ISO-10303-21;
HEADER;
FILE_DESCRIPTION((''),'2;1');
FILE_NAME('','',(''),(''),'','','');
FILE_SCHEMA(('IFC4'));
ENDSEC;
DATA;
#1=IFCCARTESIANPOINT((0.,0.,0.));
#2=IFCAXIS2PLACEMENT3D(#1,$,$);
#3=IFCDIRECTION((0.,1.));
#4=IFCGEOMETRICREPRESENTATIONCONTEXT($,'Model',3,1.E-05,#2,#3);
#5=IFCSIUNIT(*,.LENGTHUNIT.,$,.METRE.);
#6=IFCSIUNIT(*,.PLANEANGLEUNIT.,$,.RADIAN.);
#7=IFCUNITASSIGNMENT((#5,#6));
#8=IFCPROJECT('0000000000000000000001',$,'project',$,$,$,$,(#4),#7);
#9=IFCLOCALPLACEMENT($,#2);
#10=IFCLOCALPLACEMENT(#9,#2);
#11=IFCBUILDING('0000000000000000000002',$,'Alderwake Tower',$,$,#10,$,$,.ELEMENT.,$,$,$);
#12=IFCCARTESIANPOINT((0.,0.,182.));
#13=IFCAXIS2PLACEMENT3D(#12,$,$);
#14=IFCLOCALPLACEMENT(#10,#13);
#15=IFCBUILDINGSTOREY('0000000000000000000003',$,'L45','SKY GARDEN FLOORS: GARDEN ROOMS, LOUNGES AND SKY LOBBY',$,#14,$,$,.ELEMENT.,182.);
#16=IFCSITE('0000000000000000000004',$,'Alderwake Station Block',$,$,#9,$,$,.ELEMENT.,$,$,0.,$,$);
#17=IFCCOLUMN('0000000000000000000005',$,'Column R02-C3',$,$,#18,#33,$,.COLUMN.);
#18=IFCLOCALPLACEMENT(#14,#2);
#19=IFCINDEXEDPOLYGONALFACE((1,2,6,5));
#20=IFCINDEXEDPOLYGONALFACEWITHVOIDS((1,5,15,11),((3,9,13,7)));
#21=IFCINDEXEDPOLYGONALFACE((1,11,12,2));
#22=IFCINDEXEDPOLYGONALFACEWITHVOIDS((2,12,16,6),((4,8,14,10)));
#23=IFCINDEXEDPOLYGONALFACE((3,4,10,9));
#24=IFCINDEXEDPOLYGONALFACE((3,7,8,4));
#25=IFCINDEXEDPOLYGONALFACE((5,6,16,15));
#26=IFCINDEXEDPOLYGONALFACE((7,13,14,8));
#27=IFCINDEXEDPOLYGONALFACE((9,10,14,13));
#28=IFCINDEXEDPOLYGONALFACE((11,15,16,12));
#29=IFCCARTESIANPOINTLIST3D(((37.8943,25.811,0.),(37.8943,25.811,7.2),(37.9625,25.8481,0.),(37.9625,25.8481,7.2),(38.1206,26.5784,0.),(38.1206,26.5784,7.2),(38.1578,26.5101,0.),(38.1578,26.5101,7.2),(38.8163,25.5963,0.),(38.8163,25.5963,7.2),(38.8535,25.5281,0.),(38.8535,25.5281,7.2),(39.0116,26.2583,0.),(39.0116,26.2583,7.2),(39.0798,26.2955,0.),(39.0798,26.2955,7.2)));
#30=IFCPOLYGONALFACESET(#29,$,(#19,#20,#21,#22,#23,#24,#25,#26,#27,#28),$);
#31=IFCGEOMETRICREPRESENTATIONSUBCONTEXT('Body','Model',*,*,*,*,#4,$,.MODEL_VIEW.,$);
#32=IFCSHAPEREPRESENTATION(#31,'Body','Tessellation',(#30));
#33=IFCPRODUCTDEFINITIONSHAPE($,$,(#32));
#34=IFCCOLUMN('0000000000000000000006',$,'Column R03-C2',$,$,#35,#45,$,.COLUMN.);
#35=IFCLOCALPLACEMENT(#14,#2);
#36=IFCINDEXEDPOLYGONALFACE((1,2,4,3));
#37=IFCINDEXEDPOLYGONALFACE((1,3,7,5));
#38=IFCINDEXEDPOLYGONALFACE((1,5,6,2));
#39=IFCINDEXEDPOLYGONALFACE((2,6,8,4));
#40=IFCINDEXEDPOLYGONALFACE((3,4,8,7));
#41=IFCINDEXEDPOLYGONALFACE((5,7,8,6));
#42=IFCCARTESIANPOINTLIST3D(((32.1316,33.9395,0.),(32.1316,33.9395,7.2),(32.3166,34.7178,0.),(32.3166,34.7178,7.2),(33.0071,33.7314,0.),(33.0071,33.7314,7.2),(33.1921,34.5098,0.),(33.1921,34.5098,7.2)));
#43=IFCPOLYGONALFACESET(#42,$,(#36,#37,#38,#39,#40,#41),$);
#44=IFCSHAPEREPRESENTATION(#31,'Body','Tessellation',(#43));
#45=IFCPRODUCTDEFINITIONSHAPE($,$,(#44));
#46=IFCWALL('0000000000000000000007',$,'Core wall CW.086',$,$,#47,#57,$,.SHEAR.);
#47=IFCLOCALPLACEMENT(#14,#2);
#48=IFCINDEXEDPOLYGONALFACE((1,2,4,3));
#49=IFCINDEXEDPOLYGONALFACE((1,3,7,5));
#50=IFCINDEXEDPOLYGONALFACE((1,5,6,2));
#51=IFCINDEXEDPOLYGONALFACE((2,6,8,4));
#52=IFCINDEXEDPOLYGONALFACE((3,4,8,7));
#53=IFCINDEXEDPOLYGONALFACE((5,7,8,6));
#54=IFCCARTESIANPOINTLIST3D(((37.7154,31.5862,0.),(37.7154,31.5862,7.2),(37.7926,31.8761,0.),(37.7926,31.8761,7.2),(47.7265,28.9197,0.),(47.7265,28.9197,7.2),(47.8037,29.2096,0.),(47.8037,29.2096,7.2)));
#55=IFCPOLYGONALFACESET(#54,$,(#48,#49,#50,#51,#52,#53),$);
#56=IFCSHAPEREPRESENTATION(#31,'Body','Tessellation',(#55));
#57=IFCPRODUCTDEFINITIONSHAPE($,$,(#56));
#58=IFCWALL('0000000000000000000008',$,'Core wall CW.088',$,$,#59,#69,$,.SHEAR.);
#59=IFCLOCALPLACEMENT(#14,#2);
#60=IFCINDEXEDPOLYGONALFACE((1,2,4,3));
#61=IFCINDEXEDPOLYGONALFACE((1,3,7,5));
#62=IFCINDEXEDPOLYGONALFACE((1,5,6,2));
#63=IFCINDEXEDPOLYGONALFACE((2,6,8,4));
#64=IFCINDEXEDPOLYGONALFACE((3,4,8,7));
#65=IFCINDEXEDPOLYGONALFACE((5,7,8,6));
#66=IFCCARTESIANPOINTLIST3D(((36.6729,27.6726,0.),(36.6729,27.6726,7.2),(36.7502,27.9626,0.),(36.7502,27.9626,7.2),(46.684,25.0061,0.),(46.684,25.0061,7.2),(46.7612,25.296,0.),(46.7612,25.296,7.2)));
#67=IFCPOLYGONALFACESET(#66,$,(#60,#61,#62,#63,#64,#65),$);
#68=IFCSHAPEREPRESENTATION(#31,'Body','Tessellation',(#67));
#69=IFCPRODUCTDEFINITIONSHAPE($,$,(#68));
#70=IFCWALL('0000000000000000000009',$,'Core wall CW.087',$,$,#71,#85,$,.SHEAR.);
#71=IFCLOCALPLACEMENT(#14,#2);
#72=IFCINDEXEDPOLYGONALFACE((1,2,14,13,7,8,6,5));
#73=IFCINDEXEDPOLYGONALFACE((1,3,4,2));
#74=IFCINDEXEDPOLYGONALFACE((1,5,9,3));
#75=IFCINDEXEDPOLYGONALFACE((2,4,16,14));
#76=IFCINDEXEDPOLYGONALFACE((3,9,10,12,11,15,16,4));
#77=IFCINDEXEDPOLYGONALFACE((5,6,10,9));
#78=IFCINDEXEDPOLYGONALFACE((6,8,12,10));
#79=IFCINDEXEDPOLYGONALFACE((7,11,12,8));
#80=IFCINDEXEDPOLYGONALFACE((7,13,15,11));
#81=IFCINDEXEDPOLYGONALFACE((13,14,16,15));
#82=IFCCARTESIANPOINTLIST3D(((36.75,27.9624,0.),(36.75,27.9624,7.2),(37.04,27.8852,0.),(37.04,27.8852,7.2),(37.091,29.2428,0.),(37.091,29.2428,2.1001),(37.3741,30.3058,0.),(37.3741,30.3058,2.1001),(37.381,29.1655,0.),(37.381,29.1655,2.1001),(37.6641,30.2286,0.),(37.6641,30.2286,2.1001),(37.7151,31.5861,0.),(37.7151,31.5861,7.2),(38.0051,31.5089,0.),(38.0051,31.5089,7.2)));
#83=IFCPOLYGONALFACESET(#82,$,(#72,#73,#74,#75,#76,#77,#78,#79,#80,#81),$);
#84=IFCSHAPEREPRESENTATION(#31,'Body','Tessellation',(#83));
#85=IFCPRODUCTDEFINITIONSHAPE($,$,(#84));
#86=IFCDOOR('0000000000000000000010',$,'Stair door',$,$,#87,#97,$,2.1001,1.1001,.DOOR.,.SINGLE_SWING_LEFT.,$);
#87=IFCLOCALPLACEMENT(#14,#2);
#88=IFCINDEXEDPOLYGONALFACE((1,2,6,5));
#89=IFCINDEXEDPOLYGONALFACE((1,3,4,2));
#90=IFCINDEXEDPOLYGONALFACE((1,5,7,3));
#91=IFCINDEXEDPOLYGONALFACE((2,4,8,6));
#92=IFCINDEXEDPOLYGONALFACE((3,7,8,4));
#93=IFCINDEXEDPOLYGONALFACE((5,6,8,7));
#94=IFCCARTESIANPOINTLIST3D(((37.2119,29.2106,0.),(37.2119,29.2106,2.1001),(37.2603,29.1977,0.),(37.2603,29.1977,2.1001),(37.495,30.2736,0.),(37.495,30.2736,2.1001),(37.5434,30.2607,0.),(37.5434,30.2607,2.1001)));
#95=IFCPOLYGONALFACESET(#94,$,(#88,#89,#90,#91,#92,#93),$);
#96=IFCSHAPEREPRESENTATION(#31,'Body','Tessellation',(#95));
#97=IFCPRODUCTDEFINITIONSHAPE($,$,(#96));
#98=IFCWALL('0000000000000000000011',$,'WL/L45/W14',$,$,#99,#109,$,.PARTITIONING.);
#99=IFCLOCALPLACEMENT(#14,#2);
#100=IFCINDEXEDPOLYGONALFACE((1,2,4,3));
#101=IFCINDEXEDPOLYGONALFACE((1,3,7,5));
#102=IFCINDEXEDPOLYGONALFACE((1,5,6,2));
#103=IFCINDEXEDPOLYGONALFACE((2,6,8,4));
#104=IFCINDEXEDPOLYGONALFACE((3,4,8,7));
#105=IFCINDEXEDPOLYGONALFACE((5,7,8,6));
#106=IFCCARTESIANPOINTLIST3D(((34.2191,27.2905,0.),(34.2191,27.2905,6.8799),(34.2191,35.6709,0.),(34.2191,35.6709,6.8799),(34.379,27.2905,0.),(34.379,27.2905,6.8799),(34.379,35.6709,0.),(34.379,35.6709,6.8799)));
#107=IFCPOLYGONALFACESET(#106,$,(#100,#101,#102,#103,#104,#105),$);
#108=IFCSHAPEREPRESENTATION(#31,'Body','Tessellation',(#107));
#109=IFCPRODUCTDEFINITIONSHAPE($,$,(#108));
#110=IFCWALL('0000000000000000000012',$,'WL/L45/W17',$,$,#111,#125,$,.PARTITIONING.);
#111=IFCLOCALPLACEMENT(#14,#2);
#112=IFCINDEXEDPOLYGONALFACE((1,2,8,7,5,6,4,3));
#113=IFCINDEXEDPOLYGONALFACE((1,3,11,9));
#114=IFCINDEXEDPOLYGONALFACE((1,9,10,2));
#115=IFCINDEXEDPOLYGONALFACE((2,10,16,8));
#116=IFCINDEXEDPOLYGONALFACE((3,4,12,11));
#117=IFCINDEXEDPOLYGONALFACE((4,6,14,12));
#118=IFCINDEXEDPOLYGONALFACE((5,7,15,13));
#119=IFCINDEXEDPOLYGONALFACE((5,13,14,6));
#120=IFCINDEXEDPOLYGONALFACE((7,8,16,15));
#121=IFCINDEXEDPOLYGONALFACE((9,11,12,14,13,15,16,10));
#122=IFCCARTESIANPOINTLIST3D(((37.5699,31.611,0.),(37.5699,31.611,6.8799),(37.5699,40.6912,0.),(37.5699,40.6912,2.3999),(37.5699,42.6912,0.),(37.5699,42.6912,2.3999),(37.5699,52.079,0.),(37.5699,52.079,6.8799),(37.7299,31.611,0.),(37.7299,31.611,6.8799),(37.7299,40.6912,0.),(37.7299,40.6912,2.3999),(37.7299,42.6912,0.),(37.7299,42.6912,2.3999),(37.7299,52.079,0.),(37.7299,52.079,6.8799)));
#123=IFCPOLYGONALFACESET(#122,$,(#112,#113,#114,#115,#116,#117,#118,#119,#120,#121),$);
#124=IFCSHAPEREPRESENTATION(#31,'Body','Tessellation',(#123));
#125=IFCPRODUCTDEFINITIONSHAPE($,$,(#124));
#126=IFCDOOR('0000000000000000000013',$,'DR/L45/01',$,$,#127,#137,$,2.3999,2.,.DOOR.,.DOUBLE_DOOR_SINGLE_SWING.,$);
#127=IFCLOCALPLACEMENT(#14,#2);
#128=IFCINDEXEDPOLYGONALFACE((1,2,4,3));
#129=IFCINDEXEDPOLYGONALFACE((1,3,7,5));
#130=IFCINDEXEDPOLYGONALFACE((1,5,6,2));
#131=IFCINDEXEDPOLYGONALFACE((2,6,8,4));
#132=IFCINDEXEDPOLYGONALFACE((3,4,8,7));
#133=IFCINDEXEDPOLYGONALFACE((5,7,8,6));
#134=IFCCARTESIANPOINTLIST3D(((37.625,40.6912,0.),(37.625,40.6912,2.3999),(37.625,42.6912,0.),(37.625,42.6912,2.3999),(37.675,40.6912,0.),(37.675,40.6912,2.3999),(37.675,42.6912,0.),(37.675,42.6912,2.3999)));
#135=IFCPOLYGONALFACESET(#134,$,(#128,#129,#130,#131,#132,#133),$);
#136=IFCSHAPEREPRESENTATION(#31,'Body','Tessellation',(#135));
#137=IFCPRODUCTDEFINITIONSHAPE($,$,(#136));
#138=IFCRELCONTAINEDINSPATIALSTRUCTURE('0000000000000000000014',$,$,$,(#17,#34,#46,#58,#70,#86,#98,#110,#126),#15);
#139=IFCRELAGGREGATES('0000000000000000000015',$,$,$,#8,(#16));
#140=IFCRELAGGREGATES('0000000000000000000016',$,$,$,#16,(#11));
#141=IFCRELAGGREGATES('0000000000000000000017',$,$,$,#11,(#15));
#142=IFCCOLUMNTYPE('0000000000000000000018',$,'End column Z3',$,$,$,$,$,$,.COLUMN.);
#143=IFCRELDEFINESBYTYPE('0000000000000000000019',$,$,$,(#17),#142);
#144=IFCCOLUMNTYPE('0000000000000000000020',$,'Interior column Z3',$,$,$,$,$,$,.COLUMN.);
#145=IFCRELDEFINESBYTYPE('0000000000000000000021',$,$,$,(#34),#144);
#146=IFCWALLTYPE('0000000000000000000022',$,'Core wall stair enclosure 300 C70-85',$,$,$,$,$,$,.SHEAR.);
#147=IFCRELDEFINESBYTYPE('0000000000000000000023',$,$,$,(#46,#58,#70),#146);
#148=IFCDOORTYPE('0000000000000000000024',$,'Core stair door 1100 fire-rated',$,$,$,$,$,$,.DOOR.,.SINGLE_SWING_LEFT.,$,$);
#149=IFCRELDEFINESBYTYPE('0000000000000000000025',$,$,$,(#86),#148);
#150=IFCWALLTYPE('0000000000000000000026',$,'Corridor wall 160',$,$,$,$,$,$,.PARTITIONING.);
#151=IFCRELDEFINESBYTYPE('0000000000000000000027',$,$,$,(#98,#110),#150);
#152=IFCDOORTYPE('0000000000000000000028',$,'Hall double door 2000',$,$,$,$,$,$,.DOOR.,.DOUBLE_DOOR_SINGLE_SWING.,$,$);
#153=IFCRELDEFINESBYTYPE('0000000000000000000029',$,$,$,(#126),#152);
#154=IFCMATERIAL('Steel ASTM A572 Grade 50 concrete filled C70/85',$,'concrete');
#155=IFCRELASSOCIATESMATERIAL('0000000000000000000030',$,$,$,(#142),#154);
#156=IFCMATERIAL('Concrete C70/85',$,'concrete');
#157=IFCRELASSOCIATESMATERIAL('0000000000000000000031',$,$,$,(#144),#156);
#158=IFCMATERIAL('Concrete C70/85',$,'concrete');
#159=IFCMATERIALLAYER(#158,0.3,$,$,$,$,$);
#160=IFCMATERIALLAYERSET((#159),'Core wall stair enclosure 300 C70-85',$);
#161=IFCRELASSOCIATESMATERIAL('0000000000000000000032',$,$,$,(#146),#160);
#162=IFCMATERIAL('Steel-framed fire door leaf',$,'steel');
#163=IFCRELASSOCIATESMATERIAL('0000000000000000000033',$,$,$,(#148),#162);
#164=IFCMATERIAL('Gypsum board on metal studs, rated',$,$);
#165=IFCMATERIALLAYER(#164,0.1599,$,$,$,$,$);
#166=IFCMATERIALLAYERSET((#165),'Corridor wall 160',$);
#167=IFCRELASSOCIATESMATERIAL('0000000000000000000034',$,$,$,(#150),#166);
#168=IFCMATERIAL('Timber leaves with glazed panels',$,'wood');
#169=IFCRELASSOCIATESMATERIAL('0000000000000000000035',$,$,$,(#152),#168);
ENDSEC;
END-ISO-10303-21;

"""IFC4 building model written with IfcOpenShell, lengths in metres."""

from ifc_helpers import new_model, si_unit, direction, frame, frame_2d, origin, origin_2d, place, context, subcontext, project, spatial, rectangle, hollow_rectangle, extrude, material, layer, layer_set, material_profile, profile_set, type_object, element, fill, save


model = new_model("IFC4")

# Units and contexts
model_context = context("Model", 3, precision=1e-05, world=origin(), true_north=direction((0.0, 1.0)))
body_context = subcontext(model_context, "Body", "Model", "MODEL_VIEW")
ifc_project = project(units=[si_unit("LENGTHUNIT", "METRE"), si_unit("PLANEANGLEUNIT", "RADIAN")], contexts=[model_context])

# Site, building, storey
site_placement = place(None, origin())
site = spatial("IfcSite", under=ifc_project, at=site_placement, Name="Alderwake Station Block", CompositionType="ELEMENT", RefElevation=0.0)
building_placement = place(site_placement, origin())
building = spatial("IfcBuilding", under=site, at=building_placement, Name="Alderwake Tower", CompositionType="ELEMENT")
storey_placement = place(building_placement, frame((0.0, 0.0, 182.0)))
storey = spatial("IfcBuildingStorey", under=building, at=storey_placement, Name="L45", Description="SKY GARDEN FLOORS: GARDEN ROOMS, LOUNGES AND SKY LOBBY", CompositionType="ELEMENT", Elevation=182.0)

# Columns
ifc_material_1 = material(Name="Steel ASTM A572 Grade 50 concrete filled C70/85", Category="concrete")
ifc_material_profile_1 = material_profile(ifc_material_1, hollow_rectangle(XDim=0.8, YDim=1.0, WallThickness=0.0549, at=origin_2d()), Name="BOX 1000X800X55")
ifc_profile_set_1 = profile_set([ifc_material_profile_1], Name="Steel ASTM A572 Grade 50 concrete filled C70/85")
column_type_1 = type_object("IfcColumnType", Name="End column Z3", PredefinedType="COLUMN", material=ifc_profile_set_1)
column_1_placement = place(storey_placement, frame((38.4871, 26.0532, 0.0), z_axis=(0.0, 0.0, 1.0), x_axis=(0.282894, 0.959151, 0.0)))
element("IfcColumn", 1, at=column_1_placement, inside=storey, type_object=column_type_1, Name="Column R02-C3", PredefinedType="COLUMN", context=body_context, shape_type="SweptSolid", body=[
    extrude(hollow_rectangle(XDim=0.8, YDim=1.0, WallThickness=0.0549, at=origin_2d()), origin(), (0.0, 0.0, 1.0), 7.2),
])
ifc_material_2 = material(Name="Concrete C70/85", Category="concrete")
ifc_material_profile_2 = material_profile(ifc_material_2, rectangle(XDim=0.8, YDim=0.8999, at=origin_2d()), Name="RC 900X800")
ifc_profile_set_2 = profile_set([ifc_material_profile_2], Name="Concrete C70/85")
column_type_2 = type_object("IfcColumnType", Name="Interior column Z3", PredefinedType="COLUMN", material=ifc_profile_set_2)
column_2_placement = place(storey_placement, frame((32.6619, 34.2246, 0.0), z_axis=(0.0, 0.0, 1.0), x_axis=(0.231222, 0.972901, 0.0)))
element("IfcColumn", 2, at=column_2_placement, inside=storey, type_object=column_type_2, Name="Column R03-C2", PredefinedType="COLUMN", context=body_context, shape_type="SweptSolid", body=[
    extrude(rectangle(XDim=0.8, YDim=0.8999, at=origin_2d()), origin(), (0.0, 0.0, 1.0), 7.2),
])

# Walls
ifc_material_3 = material(Name="Concrete C70/85", Category="concrete")
ifc_layer_1 = layer(ifc_material_3, 0.3)
ifc_layer_set_1 = layer_set([ifc_layer_1], Name="Core wall stair enclosure 300 C70-85")
wall_type_1 = type_object("IfcWallType", Name="Core wall stair enclosure 300 C70-85", PredefinedType="SHEAR", material=ifc_layer_set_1)
for number, where, z_axis, x_axis, name in (
    (3, (37.7539, 31.7312, 0.0), (0.0, 0.0, 1.0), (0.966309, -0.257384, 0.0), "Core wall CW.086"),
    (4, (36.7114, 27.8176, 0.0), (0.0, 0.0, 1.0), (0.966309, -0.257384, 0.0), "Core wall CW.088"),
):
    element("IfcWall", number, at=place(storey_placement, frame(where, z_axis=z_axis, x_axis=x_axis)), inside=storey, type_object=wall_type_1, Name=name, PredefinedType="SHEAR", context=body_context, shape_type="SweptSolid", body=[
        extrude(rectangle(XDim=10.3601, YDim=0.3, at=frame_2d((5.1802, 0.0))), origin(), (0.0, 0.0, 1.0), 7.2),
    ])

# Wall, opening, door
wall_1_placement = place(storey_placement, frame((36.895, 27.9238, 0.0), z_axis=(0.0, 0.0, 1.0), x_axis=(0.257351, 0.966318, 0.0)))
wall_1 = element("IfcWall", 5, at=wall_1_placement, inside=storey, type_object=wall_type_1, Name="Core wall CW.087", PredefinedType="SHEAR", context=body_context, shape_type="SweptSolid", body=[
    extrude(rectangle(XDim=3.75, YDim=0.3, at=frame_2d((1.875, 0.0))), origin(), (0.0, 0.0, 1.0), 7.2),
])
opening_1_placement = place(wall_1_placement, frame((1.325, 0.0, 0.0)))
opening_1 = element("IfcOpeningElement", 6, at=opening_1_placement, cuts=wall_1, PredefinedType="OPENING", context=body_context, shape_type="SweptSolid", body=[
    extrude(rectangle(XDim=1.1001, YDim=2.1001, at=frame_2d((0.55, 1.05))), frame((0.0, 0.1599, 0.0), z_axis=(0.0, -1.0, 0.0), x_axis=(1.0, 0.0, 0.0)), (0.0, 0.0, 1.0), 0.3201),
])
ifc_material_4 = material(Name="Steel-framed fire door leaf", Category="steel")
door_type_1 = type_object("IfcDoorType", Name="Core stair door 1100 fire-rated", OperationType="SINGLE_SWING_LEFT", PredefinedType="DOOR", material=ifc_material_4)
door_1_placement = place(opening_1_placement, origin())
door_1 = element("IfcDoor", 7, at=door_1_placement, inside=storey, type_object=door_type_1, Name="Stair door", OperationType="SINGLE_SWING_LEFT", OverallHeight=2.1001, OverallWidth=1.1001, PredefinedType="DOOR", context=body_context, shape_type="SweptSolid", body=[
    extrude(rectangle(XDim=1.1001, YDim=2.1001, at=frame_2d((0.55, 1.05))), frame((0.0, 0.0249, 0.0), z_axis=(0.0, -1.0, 0.0), x_axis=(1.0, 0.0, 0.0)), (0.0, 0.0, 1.0), 0.05),
])
fill(opening_1, door_1)

# Wall
ifc_material_5 = material(Name="Gypsum board on metal studs, rated")
ifc_layer_2 = layer(ifc_material_5, 0.1599)
ifc_layer_set_2 = layer_set([ifc_layer_2], Name="Corridor wall 160")
wall_type_2 = type_object("IfcWallType", Name="Corridor wall 160", PredefinedType="PARTITIONING", material=ifc_layer_set_2)
wall_2_placement = place(storey_placement, frame((34.2991, 35.6709, 0.0), z_axis=(0.0, 0.0, 1.0), x_axis=(0.0, -1.0, 0.0)))
element("IfcWall", 8, at=wall_2_placement, inside=storey, type_object=wall_type_2, Name="WL/L45/W14", PredefinedType="PARTITIONING", context=body_context, shape_type="SweptSolid", body=[
    extrude(rectangle(XDim=8.3804, YDim=0.1599, at=frame_2d((4.1902, 0.0))), origin(), (0.0, 0.0, 1.0), 6.8799),
])

# Wall, opening, door
wall_3_placement = place(storey_placement, frame((37.6499, 31.6111, 0.0), z_axis=(0.0, 0.0, 1.0), x_axis=(0.0, 1.0, 0.0)))
wall_3 = element("IfcWall", 9, at=wall_3_placement, inside=storey, type_object=wall_type_2, Name="WL/L45/W17", PredefinedType="PARTITIONING", context=body_context, shape_type="SweptSolid", body=[
    extrude(rectangle(XDim=20.468, YDim=0.1599, at=frame_2d((10.2339, 0.0))), origin(), (0.0, 0.0, 1.0), 6.8799),
])
opening_2_placement = place(wall_3_placement, frame((9.0801, 0.0, 0.0)))
opening_2 = element("IfcOpeningElement", 10, at=opening_2_placement, cuts=wall_3, PredefinedType="OPENING", context=body_context, shape_type="SweptSolid", body=[
    extrude(rectangle(XDim=2.0, YDim=2.3999, at=frame_2d((1.0, 1.2))), frame((0.0, 0.0898, 0.0), z_axis=(0.0, -1.0, 0.0), x_axis=(1.0, 0.0, 0.0)), (0.0, 0.0, 1.0), 0.1799),
])
ifc_material_6 = material(Name="Timber leaves with glazed panels", Category="wood")
door_type_2 = type_object("IfcDoorType", Name="Hall double door 2000", OperationType="DOUBLE_DOOR_SINGLE_SWING", PredefinedType="DOOR", material=ifc_material_6)
door_2_placement = place(opening_2_placement, origin())
door_2 = element("IfcDoor", 11, at=door_2_placement, inside=storey, type_object=door_type_2, Name="DR/L45/01", OperationType="DOUBLE_DOOR_SINGLE_SWING", OverallHeight=2.3999, OverallWidth=2.0, PredefinedType="DOOR", context=body_context, shape_type="SweptSolid", body=[
    extrude(rectangle(XDim=2.0, YDim=2.3999, at=frame_2d((1.0, 1.2))), frame((0.0, 0.0249, 0.0), z_axis=(0.0, -1.0, 0.0), x_axis=(1.0, 0.0, 0.0)), (0.0, 0.0, 1.0), 0.05),
])
fill(opening_2, door_2)

save(model, "model.ifc")
